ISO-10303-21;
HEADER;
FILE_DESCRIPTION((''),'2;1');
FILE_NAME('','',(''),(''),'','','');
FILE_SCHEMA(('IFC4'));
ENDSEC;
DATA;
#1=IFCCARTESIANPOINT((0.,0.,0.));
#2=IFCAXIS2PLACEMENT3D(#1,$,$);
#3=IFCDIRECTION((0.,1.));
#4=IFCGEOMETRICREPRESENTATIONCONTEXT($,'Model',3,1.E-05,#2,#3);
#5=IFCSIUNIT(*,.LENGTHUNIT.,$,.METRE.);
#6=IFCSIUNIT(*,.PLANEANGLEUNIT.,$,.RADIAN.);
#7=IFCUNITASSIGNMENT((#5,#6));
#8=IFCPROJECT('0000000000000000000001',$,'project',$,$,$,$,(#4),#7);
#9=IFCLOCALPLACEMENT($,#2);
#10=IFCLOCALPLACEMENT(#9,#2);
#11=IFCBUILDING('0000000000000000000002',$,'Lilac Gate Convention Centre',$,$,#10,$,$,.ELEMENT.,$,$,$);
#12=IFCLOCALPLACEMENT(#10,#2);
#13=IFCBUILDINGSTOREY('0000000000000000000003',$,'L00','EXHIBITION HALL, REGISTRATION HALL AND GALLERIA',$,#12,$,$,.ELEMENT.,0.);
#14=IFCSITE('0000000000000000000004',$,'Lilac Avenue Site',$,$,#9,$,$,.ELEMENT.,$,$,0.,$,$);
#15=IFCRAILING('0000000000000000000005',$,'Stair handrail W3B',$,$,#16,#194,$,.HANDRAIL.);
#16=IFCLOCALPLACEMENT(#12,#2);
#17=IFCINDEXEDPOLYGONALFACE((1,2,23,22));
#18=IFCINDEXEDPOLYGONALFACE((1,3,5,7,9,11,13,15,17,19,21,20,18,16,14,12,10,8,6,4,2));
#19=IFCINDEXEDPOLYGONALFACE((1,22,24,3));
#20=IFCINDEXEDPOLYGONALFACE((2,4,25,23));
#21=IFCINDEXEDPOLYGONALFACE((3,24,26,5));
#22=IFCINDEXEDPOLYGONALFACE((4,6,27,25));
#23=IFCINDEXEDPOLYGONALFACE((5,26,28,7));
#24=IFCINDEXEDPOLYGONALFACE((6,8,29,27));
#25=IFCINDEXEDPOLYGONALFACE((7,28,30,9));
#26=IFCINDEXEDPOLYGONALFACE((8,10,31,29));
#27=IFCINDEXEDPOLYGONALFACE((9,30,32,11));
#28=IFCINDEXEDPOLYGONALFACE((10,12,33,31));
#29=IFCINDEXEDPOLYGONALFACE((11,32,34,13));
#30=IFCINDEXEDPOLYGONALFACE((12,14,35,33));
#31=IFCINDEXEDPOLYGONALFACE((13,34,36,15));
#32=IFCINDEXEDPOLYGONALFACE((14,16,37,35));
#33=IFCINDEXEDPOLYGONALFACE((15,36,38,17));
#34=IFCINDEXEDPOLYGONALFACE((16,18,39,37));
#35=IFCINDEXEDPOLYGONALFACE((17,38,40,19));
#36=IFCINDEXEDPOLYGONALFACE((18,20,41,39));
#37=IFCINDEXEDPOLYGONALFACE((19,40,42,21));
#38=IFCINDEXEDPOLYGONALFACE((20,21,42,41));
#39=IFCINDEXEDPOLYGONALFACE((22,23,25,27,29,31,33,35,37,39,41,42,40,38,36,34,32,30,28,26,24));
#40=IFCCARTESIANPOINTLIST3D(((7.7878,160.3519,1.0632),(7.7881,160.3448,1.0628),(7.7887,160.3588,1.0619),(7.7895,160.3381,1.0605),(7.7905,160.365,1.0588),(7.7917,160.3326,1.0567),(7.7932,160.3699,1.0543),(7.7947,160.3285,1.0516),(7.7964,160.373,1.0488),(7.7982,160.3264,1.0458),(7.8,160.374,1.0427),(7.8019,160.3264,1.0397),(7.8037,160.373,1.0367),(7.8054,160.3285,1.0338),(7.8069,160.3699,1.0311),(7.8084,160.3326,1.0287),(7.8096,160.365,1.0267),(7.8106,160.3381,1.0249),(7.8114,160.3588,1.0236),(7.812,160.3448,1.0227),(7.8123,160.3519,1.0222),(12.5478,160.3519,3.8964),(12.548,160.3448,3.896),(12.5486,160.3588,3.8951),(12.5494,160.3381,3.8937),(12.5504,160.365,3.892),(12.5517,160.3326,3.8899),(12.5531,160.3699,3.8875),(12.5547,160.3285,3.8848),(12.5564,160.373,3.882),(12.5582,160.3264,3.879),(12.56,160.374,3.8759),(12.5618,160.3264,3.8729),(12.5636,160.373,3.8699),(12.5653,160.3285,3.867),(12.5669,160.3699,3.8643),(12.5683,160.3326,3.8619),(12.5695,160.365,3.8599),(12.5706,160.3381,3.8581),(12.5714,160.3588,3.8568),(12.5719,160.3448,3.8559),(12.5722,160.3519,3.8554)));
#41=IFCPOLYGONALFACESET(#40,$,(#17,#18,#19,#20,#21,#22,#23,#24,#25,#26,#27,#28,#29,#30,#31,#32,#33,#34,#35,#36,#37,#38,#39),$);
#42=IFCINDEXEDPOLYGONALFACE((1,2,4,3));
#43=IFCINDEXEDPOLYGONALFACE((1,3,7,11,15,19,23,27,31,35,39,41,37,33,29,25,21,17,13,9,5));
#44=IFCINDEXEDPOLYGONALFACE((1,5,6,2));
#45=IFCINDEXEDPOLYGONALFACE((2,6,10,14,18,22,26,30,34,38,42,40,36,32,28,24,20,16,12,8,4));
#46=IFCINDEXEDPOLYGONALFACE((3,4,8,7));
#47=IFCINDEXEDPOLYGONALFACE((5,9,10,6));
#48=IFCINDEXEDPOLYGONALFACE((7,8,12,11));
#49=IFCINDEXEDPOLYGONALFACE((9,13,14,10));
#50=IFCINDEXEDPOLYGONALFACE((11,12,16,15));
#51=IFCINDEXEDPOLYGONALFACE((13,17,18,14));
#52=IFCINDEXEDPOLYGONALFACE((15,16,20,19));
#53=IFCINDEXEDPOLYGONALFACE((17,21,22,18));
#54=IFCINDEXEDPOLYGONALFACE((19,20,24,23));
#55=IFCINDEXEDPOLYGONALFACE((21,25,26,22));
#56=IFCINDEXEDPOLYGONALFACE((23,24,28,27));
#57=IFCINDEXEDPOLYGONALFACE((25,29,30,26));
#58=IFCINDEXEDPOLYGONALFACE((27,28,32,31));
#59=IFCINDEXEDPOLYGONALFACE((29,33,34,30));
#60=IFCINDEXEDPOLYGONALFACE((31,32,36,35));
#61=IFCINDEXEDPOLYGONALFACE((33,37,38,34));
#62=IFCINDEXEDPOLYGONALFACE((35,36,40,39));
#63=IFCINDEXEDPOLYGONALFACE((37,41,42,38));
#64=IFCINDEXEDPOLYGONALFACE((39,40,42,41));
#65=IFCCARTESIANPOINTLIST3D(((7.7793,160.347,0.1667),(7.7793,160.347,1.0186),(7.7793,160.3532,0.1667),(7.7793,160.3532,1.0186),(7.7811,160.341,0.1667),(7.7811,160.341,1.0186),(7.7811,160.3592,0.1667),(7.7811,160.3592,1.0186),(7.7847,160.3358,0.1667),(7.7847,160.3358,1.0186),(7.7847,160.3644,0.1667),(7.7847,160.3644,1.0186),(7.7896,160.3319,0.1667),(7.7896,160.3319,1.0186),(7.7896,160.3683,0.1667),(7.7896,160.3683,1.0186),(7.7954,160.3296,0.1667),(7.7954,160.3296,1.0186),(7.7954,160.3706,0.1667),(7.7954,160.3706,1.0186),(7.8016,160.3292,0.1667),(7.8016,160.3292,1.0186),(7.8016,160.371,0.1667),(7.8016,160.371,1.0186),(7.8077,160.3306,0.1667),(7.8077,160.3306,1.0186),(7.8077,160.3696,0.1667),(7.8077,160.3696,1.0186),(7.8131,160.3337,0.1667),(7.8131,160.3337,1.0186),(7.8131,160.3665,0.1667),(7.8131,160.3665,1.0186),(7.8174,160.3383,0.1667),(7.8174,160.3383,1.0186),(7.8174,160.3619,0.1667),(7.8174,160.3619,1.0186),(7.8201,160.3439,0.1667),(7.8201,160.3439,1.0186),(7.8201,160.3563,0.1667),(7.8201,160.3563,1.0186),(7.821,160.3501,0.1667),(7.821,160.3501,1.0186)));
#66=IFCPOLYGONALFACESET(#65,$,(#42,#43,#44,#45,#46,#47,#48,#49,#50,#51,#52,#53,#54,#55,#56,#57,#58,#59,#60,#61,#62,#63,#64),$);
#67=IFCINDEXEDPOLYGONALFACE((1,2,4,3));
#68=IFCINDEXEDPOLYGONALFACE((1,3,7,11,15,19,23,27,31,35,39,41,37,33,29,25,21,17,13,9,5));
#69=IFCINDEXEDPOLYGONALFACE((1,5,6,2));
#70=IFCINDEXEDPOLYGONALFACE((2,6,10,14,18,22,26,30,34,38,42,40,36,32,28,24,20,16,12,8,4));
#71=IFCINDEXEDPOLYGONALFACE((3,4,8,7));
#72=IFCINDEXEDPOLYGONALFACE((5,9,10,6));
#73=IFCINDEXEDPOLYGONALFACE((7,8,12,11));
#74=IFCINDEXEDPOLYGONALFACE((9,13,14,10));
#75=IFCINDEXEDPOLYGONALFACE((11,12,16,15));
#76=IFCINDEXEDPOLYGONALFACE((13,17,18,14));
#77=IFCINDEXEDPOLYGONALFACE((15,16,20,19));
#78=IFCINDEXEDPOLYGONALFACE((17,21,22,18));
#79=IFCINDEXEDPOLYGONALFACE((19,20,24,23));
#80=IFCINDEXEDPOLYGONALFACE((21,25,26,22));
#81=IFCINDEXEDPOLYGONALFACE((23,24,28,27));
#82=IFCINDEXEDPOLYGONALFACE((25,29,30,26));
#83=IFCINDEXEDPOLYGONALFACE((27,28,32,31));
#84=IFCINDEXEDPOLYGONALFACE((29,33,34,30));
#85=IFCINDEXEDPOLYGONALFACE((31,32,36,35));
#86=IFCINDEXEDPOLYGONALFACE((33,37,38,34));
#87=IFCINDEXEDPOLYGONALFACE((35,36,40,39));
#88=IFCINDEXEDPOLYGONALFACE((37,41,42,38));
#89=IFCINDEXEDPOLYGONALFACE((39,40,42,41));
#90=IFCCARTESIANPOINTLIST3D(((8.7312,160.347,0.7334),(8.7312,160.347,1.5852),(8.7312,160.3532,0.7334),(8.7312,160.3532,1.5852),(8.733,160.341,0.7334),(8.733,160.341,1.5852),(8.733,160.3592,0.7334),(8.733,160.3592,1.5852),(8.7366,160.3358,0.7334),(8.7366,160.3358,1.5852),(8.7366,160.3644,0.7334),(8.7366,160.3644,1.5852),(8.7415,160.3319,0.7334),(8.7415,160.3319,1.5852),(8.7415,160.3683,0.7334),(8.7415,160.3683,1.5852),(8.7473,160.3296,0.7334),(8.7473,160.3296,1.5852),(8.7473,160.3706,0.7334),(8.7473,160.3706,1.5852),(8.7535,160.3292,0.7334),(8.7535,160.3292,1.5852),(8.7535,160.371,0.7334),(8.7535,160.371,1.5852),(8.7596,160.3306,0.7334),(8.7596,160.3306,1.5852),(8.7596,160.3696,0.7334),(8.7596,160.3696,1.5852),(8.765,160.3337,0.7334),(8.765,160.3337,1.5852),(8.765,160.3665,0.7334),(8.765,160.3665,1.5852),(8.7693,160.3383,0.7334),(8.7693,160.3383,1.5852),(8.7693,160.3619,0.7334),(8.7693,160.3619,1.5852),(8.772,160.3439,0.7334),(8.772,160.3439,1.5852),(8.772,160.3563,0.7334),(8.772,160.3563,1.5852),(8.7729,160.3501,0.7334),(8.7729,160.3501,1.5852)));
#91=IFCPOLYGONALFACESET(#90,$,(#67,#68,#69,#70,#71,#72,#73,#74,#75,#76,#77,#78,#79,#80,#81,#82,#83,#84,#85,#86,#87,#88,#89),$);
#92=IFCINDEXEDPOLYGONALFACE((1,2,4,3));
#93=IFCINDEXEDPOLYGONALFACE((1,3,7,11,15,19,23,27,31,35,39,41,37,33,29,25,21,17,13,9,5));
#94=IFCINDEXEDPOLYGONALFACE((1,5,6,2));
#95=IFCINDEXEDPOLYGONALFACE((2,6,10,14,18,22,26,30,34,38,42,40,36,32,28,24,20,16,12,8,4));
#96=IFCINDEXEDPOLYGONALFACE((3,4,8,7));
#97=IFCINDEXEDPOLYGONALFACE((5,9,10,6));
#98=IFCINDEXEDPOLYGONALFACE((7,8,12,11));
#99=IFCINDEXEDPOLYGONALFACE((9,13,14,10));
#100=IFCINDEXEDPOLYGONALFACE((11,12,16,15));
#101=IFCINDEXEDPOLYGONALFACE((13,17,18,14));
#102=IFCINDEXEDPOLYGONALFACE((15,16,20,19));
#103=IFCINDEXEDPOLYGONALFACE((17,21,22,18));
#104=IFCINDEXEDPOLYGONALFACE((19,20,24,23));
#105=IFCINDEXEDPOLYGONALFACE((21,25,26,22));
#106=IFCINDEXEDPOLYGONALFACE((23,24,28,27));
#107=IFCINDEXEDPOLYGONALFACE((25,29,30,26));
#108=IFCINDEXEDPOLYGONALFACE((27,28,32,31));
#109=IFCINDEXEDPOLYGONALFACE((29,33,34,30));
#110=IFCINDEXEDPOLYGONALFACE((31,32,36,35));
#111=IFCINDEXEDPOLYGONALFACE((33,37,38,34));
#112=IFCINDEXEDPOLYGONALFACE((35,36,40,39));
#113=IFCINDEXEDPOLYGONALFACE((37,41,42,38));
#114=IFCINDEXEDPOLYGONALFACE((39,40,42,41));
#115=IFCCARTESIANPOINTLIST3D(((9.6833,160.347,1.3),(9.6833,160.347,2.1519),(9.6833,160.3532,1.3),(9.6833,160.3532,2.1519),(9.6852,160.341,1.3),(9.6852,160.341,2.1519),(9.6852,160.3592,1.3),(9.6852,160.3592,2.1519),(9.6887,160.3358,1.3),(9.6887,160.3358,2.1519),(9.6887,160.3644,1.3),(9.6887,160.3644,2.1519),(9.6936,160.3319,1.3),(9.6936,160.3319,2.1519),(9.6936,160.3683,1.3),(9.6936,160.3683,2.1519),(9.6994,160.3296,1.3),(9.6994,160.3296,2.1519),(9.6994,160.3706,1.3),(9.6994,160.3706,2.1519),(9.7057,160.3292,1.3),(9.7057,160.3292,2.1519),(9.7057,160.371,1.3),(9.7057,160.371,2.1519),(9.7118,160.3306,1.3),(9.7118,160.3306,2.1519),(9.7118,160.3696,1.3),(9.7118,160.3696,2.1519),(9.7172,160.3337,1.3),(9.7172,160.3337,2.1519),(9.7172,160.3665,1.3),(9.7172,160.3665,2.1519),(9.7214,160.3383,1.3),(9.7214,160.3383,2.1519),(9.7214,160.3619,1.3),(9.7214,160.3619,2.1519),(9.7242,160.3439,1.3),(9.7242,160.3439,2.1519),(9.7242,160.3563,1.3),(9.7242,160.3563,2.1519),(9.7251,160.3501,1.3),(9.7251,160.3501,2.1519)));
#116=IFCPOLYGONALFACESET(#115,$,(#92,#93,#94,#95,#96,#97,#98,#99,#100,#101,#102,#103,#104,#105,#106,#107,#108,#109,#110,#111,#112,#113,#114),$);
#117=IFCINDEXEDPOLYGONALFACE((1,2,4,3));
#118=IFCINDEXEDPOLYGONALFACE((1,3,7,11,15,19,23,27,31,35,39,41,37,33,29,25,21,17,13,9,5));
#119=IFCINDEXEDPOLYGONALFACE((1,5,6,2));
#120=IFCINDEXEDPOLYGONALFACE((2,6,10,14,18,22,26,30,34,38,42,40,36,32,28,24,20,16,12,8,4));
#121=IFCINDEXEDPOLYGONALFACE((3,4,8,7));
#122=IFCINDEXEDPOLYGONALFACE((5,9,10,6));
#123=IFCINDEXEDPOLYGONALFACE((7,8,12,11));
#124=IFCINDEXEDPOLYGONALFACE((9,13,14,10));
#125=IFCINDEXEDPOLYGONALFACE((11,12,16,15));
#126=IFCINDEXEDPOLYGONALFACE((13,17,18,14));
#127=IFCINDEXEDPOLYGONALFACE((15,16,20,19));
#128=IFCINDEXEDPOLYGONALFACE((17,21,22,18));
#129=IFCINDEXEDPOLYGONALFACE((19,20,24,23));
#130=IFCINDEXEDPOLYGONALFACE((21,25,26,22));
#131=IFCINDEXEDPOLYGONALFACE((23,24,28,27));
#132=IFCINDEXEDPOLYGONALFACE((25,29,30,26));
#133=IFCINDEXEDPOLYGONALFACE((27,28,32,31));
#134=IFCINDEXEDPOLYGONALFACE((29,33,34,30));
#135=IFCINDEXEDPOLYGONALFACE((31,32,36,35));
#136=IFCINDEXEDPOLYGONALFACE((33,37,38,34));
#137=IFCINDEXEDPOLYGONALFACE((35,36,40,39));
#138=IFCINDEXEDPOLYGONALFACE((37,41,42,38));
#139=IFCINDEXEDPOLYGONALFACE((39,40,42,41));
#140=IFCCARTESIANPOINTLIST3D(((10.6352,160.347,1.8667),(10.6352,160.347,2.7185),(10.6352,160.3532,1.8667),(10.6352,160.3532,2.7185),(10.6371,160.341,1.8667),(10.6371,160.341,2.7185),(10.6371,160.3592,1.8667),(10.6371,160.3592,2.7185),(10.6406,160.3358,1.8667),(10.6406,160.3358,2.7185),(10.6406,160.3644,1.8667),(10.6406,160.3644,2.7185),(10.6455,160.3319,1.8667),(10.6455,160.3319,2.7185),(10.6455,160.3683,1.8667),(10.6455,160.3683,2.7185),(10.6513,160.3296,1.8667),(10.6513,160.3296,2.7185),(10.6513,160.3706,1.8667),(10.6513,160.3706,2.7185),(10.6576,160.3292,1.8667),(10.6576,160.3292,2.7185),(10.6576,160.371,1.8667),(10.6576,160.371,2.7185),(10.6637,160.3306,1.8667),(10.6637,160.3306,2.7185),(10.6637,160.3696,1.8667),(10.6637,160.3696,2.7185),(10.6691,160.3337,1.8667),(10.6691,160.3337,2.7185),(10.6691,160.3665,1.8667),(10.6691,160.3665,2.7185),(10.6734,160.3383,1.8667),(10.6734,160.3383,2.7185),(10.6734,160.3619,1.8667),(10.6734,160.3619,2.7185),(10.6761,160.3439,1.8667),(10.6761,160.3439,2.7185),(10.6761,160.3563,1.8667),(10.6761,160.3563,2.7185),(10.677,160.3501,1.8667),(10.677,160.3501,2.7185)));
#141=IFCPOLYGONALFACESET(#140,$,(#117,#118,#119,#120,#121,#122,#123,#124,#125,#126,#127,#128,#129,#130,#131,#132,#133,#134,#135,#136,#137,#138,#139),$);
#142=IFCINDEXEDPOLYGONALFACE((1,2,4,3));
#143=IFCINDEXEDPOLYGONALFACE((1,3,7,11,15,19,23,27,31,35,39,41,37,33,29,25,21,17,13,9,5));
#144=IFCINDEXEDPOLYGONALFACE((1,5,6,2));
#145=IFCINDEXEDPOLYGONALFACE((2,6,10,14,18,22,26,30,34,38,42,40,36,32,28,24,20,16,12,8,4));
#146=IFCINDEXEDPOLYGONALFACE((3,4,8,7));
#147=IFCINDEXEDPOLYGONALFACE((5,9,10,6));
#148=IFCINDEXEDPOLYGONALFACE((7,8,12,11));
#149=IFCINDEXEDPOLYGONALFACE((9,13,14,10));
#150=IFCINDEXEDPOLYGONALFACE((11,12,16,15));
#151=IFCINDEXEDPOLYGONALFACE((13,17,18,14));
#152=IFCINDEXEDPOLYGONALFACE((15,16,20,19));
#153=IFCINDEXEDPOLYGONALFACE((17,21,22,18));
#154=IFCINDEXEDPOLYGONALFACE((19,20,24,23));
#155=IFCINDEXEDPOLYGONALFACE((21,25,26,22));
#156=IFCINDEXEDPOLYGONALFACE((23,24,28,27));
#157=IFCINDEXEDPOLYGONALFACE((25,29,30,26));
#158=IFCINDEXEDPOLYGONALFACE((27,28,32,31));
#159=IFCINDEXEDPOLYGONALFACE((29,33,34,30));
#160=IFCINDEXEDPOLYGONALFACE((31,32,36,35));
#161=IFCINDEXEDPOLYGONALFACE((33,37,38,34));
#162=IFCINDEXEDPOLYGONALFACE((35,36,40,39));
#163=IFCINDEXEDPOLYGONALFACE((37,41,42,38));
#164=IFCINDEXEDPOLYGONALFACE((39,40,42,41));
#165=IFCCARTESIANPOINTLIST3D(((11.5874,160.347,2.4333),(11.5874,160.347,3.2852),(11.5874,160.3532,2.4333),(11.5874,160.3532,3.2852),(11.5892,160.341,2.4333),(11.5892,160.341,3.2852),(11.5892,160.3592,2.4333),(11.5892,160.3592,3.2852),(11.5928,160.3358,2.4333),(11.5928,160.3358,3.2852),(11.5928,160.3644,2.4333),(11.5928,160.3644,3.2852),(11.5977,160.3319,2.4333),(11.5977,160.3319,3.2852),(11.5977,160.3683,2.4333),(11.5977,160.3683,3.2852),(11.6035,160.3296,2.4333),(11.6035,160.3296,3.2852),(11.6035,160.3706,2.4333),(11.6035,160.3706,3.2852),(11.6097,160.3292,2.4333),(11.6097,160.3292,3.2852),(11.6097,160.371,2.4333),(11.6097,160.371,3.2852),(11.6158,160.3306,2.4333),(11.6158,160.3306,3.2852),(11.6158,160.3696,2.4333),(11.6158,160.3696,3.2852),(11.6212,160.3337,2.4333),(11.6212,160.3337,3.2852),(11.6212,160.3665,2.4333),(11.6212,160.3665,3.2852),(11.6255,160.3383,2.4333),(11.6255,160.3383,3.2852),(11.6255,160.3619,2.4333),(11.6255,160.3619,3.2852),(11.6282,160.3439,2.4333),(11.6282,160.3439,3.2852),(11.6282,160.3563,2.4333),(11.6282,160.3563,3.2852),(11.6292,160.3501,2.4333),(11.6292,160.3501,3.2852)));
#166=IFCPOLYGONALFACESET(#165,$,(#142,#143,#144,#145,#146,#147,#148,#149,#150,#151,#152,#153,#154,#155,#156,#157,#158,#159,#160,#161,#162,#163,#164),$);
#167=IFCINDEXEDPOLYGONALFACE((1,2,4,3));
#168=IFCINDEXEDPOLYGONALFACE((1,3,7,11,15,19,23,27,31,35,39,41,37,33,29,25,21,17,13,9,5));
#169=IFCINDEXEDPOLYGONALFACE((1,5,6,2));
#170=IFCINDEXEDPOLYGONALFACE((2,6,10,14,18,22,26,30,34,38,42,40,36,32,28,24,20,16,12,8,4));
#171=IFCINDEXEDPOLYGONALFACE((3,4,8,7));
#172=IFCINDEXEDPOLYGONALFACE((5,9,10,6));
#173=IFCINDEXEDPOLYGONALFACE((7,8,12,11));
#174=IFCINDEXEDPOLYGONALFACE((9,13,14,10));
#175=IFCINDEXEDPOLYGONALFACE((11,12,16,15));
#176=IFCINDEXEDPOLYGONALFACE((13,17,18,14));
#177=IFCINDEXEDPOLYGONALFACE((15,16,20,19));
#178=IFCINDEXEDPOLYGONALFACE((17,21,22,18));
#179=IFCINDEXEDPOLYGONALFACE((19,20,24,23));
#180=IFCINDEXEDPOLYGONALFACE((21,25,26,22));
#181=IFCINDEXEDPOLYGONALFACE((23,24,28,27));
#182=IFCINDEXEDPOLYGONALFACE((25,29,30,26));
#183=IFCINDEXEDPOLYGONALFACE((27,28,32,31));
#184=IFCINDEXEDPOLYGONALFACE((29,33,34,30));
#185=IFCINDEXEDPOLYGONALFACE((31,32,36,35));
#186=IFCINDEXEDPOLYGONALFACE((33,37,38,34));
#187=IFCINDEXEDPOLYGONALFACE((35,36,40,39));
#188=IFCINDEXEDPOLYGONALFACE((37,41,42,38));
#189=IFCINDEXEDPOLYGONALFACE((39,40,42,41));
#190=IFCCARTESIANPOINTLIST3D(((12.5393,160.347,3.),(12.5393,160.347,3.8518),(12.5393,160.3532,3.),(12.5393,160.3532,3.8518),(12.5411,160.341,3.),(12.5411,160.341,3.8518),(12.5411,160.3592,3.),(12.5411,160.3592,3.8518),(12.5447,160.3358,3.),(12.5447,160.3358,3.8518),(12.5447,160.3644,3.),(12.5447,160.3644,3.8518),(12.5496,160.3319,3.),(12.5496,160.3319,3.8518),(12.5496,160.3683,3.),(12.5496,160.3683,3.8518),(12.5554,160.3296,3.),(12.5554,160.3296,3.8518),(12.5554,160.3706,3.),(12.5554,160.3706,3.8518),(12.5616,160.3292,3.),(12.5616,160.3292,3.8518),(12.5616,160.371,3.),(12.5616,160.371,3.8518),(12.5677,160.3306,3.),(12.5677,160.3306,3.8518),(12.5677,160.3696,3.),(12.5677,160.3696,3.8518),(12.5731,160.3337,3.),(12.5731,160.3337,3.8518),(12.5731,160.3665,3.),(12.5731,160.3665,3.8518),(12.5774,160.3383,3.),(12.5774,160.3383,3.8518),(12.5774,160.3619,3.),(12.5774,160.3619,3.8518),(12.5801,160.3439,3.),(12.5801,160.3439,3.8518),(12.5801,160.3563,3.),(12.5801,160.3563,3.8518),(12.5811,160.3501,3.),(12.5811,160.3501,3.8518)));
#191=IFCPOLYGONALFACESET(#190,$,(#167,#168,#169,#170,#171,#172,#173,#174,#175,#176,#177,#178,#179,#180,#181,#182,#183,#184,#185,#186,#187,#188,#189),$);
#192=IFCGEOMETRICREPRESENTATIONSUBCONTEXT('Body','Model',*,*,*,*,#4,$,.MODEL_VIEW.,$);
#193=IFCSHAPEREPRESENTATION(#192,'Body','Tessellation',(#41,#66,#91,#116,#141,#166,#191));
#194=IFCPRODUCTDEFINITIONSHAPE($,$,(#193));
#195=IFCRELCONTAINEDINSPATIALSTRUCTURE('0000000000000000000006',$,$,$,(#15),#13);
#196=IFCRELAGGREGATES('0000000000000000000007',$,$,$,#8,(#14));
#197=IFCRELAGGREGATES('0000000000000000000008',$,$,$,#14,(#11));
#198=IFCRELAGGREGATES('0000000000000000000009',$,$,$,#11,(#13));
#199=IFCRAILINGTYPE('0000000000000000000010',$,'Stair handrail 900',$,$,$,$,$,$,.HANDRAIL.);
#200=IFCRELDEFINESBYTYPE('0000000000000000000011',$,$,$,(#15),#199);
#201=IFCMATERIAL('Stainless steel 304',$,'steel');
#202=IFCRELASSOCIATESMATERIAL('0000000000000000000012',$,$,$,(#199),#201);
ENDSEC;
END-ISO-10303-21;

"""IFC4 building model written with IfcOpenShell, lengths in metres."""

from ifc_helpers import new_model, si_unit, direction, frame, origin, origin_2d, place, context, subcontext, project, spatial, circle, extrude, material, type_object, element, save


model = new_model("IFC4")

# Units and contexts
model_context = context("Model", 3, precision=1e-05, world=origin(), true_north=direction((0.0, 1.0)))
body_context = subcontext(model_context, "Body", "Model", "MODEL_VIEW")
ifc_project = project(units=[si_unit("LENGTHUNIT", "METRE"), si_unit("PLANEANGLEUNIT", "RADIAN")], contexts=[model_context])

# Site, building, storey
site_placement = place(None, origin())
site = spatial("IfcSite", under=ifc_project, at=site_placement, Name="Lilac Avenue Site", CompositionType="ELEMENT", RefElevation=0.0)
building_placement = place(site_placement, origin())
building = spatial("IfcBuilding", under=site, at=building_placement, Name="Lilac Gate Convention Centre", CompositionType="ELEMENT")
storey_placement = place(building_placement, origin())
storey = spatial("IfcBuildingStorey", under=building, at=storey_placement, Name="L00", Description="EXHIBITION HALL, REGISTRATION HALL AND GALLERIA", CompositionType="ELEMENT", Elevation=0.0)

# Railing
ifc_material_1 = material(Name="Stainless steel 304", Category="steel")
railing_type = type_object("IfcRailingType", Name="Stair handrail 900", PredefinedType="HANDRAIL", material=ifc_material_1)
for number, where, name in (
    (1, (7.8, 160.3501, 0.1667), "Stair handrail W3B"),
):
    element("IfcRailing", number, at=place(storey_placement, frame(where)), inside=storey, type_object=railing_type, Name=name, PredefinedType="HANDRAIL", context=body_context, shape_type="SweptSolid", body=[
        extrude(circle(Radius=0.0239, at=origin_2d()), frame((0.0, 0.0, 0.876), z_axis=(0.8593, 0.0, 0.511472), x_axis=(0.0, 1.0, 0.0)), (0.0, 0.0, 1.0), 5.5393),
        extrude(circle(Radius=0.021, at=origin_2d()), origin(), (0.0, 0.0, 1.0), 0.8518),
        extrude(circle(Radius=0.021, at=origin_2d()), frame((0.9519, 0.0, 0.5667)), (0.0, 0.0, 1.0), 0.8518),
        extrude(circle(Radius=0.021, at=origin_2d()), frame((1.9041, 0.0, 1.1333)), (0.0, 0.0, 1.0), 0.8518),
        extrude(circle(Radius=0.021, at=origin_2d()), frame((2.856, 0.0, 1.7)), (0.0, 0.0, 1.0), 0.8518),
        extrude(circle(Radius=0.021, at=origin_2d()), frame((3.8081, 0.0, 2.2666)), (0.0, 0.0, 1.0), 0.8518),
        extrude(circle(Radius=0.021, at=origin_2d()), frame((4.76, 0.0, 2.8333)), (0.0, 0.0, 1.0), 0.8518),
    ])

save(model, "model.ifc")
